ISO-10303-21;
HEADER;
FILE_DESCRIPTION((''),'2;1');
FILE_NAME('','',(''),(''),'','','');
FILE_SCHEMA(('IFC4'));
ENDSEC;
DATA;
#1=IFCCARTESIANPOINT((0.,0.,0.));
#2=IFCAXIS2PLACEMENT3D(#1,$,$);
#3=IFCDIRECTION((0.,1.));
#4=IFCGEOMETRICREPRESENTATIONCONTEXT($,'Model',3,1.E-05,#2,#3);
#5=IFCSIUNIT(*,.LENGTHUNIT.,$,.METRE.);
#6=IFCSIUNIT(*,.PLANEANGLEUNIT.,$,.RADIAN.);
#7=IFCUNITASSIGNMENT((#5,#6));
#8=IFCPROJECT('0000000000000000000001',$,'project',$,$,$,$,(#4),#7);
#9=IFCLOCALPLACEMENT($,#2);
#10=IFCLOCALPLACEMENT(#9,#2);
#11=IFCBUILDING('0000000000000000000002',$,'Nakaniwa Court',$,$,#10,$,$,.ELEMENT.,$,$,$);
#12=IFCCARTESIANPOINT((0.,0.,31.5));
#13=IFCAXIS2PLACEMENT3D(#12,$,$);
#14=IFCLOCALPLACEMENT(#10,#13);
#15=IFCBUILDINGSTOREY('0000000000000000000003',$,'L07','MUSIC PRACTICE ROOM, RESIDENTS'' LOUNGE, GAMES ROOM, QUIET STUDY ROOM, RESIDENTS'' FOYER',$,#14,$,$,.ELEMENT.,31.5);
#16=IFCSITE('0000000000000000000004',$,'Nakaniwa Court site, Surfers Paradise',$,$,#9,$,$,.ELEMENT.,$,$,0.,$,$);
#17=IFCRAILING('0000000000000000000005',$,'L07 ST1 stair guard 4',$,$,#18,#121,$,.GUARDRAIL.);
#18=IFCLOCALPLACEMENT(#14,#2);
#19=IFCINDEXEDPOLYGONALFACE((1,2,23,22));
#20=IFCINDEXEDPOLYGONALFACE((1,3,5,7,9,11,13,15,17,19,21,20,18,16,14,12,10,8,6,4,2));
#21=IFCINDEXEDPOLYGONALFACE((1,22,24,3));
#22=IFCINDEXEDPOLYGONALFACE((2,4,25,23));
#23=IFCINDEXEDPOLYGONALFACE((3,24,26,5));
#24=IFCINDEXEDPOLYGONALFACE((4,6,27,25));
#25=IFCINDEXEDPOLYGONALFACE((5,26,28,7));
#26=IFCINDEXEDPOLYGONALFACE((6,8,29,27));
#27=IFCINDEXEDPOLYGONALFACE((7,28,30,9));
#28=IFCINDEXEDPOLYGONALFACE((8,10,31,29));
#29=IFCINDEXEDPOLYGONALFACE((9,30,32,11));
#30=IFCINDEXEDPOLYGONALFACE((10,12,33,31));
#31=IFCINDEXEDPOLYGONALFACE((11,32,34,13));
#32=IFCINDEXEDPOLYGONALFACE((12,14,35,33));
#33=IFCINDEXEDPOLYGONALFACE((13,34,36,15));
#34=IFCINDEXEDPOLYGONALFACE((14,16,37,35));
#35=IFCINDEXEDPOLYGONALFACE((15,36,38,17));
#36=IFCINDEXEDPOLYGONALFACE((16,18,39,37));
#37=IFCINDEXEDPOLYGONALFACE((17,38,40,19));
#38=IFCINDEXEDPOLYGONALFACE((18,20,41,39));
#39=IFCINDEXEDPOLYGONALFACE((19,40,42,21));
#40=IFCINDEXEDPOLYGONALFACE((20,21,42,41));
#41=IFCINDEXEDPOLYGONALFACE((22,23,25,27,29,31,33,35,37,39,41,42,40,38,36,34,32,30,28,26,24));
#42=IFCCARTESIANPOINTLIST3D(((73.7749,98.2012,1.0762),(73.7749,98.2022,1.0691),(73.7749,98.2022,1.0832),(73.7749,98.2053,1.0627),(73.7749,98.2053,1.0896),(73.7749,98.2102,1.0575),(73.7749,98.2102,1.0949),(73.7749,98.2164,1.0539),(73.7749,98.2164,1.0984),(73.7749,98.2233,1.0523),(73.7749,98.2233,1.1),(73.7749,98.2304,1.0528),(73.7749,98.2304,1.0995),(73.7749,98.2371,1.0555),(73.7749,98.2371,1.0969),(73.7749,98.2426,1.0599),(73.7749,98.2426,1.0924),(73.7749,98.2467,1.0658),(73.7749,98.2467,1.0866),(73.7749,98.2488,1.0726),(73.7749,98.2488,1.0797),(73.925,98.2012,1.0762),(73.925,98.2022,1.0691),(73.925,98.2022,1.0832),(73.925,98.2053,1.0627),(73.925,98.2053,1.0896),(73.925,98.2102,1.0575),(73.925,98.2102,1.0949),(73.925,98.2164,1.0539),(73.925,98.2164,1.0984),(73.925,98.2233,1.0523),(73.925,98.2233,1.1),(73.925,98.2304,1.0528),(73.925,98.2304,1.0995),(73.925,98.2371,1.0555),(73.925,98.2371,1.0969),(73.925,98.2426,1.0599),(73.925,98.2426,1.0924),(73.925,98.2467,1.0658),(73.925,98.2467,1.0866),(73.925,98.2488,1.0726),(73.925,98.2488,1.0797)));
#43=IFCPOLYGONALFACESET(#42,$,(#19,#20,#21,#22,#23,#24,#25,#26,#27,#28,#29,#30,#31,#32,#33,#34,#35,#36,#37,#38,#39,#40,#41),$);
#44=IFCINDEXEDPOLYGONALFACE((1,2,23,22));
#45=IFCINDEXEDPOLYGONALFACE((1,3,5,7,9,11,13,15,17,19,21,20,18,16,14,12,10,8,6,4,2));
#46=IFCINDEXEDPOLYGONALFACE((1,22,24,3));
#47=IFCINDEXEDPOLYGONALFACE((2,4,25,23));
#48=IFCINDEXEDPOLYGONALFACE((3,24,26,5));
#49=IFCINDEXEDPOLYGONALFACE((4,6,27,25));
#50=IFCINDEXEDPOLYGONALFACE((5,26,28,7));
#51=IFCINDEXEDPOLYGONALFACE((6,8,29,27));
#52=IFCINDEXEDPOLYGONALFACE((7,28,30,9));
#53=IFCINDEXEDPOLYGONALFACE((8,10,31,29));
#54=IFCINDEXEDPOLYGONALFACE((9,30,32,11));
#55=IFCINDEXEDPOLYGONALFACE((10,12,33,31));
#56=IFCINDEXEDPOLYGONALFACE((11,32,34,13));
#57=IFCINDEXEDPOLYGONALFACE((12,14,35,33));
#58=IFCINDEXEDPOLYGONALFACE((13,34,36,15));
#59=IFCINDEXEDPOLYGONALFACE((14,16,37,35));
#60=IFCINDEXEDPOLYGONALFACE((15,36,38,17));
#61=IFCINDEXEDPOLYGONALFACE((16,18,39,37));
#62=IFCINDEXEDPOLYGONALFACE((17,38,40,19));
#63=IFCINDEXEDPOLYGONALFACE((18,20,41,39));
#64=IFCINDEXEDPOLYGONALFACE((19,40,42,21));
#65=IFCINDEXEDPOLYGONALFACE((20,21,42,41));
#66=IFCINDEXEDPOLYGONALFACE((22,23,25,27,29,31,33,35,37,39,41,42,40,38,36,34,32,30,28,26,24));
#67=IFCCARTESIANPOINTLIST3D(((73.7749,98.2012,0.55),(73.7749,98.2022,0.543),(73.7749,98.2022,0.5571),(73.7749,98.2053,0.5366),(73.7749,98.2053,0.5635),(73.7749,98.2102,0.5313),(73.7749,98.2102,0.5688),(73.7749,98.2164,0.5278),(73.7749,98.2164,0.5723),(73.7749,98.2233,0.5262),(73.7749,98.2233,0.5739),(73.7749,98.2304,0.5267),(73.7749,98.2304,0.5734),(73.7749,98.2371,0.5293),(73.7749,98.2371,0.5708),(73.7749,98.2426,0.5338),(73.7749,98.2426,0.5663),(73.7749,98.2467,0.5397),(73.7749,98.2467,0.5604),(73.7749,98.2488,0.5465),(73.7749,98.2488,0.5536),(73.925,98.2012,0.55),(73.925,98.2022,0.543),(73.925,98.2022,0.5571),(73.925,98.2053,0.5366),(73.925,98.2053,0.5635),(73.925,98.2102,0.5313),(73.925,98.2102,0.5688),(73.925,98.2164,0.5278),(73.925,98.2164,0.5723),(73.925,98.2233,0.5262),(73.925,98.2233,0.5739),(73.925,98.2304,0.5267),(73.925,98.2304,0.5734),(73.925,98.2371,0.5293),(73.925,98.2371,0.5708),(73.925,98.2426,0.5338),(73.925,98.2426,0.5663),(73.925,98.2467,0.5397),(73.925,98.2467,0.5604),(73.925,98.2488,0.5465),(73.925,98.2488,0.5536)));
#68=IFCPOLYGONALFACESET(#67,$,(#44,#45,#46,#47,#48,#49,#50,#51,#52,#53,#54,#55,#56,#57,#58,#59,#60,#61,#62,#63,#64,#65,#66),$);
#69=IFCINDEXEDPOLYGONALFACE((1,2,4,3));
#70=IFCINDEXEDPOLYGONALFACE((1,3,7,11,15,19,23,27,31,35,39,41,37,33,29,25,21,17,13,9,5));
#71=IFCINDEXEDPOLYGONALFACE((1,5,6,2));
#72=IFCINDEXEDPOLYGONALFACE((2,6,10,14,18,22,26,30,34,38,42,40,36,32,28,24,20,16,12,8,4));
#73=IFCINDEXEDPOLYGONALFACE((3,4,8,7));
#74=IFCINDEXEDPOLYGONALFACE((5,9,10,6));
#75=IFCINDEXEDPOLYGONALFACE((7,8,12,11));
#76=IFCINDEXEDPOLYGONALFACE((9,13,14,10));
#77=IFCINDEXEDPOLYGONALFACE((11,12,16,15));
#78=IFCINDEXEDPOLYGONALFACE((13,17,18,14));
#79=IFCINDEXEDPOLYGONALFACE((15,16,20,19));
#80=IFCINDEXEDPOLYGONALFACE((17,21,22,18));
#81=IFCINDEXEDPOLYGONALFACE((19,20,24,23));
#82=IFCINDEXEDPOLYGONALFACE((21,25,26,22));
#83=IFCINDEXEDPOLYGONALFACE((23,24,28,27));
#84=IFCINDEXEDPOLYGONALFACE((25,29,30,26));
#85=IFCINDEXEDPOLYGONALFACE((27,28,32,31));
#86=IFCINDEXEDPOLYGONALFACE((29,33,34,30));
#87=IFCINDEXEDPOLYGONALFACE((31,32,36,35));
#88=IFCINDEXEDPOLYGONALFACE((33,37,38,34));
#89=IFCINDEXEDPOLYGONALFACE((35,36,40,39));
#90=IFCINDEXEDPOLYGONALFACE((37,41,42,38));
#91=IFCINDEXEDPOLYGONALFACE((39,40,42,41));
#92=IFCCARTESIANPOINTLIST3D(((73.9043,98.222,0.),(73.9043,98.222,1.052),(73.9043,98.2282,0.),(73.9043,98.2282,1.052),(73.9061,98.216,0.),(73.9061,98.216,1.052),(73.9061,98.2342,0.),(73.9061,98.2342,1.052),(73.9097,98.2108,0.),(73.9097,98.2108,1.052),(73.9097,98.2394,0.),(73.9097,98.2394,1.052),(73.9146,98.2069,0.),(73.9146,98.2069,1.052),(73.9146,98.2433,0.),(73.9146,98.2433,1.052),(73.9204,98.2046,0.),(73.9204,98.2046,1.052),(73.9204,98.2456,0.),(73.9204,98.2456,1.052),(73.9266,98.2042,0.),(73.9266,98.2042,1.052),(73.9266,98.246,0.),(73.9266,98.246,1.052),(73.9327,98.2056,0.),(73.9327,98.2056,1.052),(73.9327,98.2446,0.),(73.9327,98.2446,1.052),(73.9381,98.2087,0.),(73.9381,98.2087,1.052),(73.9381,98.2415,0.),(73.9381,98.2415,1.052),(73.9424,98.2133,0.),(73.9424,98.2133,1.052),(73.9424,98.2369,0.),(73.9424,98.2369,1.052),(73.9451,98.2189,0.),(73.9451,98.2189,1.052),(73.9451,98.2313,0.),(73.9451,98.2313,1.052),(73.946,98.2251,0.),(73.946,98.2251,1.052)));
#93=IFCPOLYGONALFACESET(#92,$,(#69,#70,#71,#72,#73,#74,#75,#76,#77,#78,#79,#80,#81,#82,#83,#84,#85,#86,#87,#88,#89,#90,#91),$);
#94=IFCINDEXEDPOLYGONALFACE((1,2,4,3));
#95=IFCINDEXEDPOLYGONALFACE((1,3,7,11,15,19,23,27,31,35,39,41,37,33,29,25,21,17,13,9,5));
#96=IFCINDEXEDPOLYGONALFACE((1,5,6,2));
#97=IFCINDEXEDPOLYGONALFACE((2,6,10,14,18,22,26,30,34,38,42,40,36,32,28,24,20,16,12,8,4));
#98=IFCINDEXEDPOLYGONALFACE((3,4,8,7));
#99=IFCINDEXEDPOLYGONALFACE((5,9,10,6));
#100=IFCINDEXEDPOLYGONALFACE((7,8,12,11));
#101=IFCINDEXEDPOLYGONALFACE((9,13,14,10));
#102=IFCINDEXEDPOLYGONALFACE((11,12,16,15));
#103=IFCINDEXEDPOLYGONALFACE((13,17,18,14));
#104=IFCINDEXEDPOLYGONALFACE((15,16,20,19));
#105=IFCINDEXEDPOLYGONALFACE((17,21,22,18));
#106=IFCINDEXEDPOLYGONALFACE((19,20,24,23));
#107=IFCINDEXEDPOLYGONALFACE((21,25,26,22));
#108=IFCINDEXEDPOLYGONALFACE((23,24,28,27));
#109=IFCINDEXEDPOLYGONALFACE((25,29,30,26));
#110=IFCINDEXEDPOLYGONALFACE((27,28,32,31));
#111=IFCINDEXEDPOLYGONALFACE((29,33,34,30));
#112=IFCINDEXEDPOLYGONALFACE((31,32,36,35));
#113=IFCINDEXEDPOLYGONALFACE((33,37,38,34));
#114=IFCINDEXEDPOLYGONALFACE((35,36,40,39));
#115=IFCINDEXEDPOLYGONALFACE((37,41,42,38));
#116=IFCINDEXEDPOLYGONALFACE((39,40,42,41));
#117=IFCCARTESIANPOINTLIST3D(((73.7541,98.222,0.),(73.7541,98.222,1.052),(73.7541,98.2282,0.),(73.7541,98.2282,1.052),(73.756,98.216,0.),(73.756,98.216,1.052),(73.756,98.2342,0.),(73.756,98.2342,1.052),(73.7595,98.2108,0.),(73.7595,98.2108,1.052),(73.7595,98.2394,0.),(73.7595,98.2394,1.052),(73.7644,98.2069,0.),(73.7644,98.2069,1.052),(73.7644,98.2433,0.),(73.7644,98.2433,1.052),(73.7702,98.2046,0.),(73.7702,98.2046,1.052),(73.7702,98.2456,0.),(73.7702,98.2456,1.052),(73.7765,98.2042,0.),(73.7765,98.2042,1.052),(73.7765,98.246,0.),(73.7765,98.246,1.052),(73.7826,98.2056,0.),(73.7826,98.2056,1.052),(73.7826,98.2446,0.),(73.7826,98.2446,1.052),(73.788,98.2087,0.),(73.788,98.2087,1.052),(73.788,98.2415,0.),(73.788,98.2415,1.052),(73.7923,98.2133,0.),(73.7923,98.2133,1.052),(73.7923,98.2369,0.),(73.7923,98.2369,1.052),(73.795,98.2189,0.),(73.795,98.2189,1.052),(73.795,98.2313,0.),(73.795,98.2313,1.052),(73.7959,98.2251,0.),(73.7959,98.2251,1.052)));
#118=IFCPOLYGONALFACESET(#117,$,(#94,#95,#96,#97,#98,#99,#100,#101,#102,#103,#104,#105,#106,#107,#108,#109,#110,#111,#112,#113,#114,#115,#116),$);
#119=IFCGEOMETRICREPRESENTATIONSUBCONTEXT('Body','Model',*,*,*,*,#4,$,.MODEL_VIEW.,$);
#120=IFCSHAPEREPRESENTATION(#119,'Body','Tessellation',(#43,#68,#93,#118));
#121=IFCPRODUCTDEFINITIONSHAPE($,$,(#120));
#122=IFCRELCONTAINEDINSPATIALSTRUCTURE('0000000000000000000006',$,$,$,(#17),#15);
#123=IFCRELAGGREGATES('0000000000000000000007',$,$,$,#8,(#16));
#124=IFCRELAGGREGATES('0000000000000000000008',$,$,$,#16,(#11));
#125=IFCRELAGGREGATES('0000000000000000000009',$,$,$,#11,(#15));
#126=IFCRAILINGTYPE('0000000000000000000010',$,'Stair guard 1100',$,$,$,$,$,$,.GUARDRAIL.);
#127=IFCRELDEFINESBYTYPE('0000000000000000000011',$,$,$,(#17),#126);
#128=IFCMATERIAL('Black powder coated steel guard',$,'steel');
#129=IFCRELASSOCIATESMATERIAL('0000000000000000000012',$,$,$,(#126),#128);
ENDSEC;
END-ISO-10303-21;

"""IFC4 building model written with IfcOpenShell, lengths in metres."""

from ifc_helpers import new_model, si_unit, direction, frame, origin, origin_2d, place, context, subcontext, project, spatial, circle, extrude, material, type_object, element, save


model = new_model("IFC4")

# Units and contexts
model_context = context("Model", 3, precision=1e-05, world=origin(), true_north=direction((0.0, 1.0)))
body_context = subcontext(model_context, "Body", "Model", "MODEL_VIEW")
ifc_project = project(units=[si_unit("LENGTHUNIT", "METRE"), si_unit("PLANEANGLEUNIT", "RADIAN")], contexts=[model_context])

# Site, building, storey
site_placement = place(None, origin())
site = spatial("IfcSite", under=ifc_project, at=site_placement, Name="Nakaniwa Court site, Surfers Paradise", CompositionType="ELEMENT", RefElevation=0.0)
building_placement = place(site_placement, origin())
building = spatial("IfcBuilding", under=site, at=building_placement, Name="Nakaniwa Court", CompositionType="ELEMENT")
storey_placement = place(building_placement, frame((0.0, 0.0, 31.5)))
storey = spatial("IfcBuildingStorey", under=building, at=storey_placement, Name="L07", Description="MUSIC PRACTICE ROOM, RESIDENTS' LOUNGE, GAMES ROOM, QUIET STUDY ROOM, RESIDENTS' FOYER", CompositionType="ELEMENT", Elevation=31.5)

# Railing
ifc_material_1 = material(Name="Black powder coated steel guard", Category="steel")
railing_type_1 = type_object("IfcRailingType", Name="Stair guard 1100", PredefinedType="GUARDRAIL", material=ifc_material_1)
railing_1_placement = place(storey_placement, frame((73.925, 98.2251, 0.0)))
element("IfcRailing", 1, at=railing_1_placement, inside=storey, type_object=railing_type_1, Name="L07 ST1 stair guard 4", PredefinedType="GUARDRAIL", context=body_context, shape_type="SweptSolid", body=[
    extrude(circle(Radius=0.0239, at=origin_2d()), frame((0.0, 0.0, 1.0762), z_axis=(-1.0, 0.0, 0.0), x_axis=(0.0, -1.0, 0.0)), (0.0, 0.0, 1.0), 0.1501),
    extrude(circle(Radius=0.0239, at=origin_2d()), frame((0.0, 0.0, 0.55), z_axis=(-1.0, 0.0, 0.0), x_axis=(0.0, -1.0, 0.0)), (0.0, 0.0, 1.0), 0.1501),
    extrude(circle(Radius=0.021, at=origin_2d()), origin(), (0.0, 0.0, 1.0), 1.052),
    extrude(circle(Radius=0.021, at=origin_2d()), frame((-0.1501, 0.0, 0.0)), (0.0, 0.0, 1.0), 1.052),
])

save(model, "model.ifc")
